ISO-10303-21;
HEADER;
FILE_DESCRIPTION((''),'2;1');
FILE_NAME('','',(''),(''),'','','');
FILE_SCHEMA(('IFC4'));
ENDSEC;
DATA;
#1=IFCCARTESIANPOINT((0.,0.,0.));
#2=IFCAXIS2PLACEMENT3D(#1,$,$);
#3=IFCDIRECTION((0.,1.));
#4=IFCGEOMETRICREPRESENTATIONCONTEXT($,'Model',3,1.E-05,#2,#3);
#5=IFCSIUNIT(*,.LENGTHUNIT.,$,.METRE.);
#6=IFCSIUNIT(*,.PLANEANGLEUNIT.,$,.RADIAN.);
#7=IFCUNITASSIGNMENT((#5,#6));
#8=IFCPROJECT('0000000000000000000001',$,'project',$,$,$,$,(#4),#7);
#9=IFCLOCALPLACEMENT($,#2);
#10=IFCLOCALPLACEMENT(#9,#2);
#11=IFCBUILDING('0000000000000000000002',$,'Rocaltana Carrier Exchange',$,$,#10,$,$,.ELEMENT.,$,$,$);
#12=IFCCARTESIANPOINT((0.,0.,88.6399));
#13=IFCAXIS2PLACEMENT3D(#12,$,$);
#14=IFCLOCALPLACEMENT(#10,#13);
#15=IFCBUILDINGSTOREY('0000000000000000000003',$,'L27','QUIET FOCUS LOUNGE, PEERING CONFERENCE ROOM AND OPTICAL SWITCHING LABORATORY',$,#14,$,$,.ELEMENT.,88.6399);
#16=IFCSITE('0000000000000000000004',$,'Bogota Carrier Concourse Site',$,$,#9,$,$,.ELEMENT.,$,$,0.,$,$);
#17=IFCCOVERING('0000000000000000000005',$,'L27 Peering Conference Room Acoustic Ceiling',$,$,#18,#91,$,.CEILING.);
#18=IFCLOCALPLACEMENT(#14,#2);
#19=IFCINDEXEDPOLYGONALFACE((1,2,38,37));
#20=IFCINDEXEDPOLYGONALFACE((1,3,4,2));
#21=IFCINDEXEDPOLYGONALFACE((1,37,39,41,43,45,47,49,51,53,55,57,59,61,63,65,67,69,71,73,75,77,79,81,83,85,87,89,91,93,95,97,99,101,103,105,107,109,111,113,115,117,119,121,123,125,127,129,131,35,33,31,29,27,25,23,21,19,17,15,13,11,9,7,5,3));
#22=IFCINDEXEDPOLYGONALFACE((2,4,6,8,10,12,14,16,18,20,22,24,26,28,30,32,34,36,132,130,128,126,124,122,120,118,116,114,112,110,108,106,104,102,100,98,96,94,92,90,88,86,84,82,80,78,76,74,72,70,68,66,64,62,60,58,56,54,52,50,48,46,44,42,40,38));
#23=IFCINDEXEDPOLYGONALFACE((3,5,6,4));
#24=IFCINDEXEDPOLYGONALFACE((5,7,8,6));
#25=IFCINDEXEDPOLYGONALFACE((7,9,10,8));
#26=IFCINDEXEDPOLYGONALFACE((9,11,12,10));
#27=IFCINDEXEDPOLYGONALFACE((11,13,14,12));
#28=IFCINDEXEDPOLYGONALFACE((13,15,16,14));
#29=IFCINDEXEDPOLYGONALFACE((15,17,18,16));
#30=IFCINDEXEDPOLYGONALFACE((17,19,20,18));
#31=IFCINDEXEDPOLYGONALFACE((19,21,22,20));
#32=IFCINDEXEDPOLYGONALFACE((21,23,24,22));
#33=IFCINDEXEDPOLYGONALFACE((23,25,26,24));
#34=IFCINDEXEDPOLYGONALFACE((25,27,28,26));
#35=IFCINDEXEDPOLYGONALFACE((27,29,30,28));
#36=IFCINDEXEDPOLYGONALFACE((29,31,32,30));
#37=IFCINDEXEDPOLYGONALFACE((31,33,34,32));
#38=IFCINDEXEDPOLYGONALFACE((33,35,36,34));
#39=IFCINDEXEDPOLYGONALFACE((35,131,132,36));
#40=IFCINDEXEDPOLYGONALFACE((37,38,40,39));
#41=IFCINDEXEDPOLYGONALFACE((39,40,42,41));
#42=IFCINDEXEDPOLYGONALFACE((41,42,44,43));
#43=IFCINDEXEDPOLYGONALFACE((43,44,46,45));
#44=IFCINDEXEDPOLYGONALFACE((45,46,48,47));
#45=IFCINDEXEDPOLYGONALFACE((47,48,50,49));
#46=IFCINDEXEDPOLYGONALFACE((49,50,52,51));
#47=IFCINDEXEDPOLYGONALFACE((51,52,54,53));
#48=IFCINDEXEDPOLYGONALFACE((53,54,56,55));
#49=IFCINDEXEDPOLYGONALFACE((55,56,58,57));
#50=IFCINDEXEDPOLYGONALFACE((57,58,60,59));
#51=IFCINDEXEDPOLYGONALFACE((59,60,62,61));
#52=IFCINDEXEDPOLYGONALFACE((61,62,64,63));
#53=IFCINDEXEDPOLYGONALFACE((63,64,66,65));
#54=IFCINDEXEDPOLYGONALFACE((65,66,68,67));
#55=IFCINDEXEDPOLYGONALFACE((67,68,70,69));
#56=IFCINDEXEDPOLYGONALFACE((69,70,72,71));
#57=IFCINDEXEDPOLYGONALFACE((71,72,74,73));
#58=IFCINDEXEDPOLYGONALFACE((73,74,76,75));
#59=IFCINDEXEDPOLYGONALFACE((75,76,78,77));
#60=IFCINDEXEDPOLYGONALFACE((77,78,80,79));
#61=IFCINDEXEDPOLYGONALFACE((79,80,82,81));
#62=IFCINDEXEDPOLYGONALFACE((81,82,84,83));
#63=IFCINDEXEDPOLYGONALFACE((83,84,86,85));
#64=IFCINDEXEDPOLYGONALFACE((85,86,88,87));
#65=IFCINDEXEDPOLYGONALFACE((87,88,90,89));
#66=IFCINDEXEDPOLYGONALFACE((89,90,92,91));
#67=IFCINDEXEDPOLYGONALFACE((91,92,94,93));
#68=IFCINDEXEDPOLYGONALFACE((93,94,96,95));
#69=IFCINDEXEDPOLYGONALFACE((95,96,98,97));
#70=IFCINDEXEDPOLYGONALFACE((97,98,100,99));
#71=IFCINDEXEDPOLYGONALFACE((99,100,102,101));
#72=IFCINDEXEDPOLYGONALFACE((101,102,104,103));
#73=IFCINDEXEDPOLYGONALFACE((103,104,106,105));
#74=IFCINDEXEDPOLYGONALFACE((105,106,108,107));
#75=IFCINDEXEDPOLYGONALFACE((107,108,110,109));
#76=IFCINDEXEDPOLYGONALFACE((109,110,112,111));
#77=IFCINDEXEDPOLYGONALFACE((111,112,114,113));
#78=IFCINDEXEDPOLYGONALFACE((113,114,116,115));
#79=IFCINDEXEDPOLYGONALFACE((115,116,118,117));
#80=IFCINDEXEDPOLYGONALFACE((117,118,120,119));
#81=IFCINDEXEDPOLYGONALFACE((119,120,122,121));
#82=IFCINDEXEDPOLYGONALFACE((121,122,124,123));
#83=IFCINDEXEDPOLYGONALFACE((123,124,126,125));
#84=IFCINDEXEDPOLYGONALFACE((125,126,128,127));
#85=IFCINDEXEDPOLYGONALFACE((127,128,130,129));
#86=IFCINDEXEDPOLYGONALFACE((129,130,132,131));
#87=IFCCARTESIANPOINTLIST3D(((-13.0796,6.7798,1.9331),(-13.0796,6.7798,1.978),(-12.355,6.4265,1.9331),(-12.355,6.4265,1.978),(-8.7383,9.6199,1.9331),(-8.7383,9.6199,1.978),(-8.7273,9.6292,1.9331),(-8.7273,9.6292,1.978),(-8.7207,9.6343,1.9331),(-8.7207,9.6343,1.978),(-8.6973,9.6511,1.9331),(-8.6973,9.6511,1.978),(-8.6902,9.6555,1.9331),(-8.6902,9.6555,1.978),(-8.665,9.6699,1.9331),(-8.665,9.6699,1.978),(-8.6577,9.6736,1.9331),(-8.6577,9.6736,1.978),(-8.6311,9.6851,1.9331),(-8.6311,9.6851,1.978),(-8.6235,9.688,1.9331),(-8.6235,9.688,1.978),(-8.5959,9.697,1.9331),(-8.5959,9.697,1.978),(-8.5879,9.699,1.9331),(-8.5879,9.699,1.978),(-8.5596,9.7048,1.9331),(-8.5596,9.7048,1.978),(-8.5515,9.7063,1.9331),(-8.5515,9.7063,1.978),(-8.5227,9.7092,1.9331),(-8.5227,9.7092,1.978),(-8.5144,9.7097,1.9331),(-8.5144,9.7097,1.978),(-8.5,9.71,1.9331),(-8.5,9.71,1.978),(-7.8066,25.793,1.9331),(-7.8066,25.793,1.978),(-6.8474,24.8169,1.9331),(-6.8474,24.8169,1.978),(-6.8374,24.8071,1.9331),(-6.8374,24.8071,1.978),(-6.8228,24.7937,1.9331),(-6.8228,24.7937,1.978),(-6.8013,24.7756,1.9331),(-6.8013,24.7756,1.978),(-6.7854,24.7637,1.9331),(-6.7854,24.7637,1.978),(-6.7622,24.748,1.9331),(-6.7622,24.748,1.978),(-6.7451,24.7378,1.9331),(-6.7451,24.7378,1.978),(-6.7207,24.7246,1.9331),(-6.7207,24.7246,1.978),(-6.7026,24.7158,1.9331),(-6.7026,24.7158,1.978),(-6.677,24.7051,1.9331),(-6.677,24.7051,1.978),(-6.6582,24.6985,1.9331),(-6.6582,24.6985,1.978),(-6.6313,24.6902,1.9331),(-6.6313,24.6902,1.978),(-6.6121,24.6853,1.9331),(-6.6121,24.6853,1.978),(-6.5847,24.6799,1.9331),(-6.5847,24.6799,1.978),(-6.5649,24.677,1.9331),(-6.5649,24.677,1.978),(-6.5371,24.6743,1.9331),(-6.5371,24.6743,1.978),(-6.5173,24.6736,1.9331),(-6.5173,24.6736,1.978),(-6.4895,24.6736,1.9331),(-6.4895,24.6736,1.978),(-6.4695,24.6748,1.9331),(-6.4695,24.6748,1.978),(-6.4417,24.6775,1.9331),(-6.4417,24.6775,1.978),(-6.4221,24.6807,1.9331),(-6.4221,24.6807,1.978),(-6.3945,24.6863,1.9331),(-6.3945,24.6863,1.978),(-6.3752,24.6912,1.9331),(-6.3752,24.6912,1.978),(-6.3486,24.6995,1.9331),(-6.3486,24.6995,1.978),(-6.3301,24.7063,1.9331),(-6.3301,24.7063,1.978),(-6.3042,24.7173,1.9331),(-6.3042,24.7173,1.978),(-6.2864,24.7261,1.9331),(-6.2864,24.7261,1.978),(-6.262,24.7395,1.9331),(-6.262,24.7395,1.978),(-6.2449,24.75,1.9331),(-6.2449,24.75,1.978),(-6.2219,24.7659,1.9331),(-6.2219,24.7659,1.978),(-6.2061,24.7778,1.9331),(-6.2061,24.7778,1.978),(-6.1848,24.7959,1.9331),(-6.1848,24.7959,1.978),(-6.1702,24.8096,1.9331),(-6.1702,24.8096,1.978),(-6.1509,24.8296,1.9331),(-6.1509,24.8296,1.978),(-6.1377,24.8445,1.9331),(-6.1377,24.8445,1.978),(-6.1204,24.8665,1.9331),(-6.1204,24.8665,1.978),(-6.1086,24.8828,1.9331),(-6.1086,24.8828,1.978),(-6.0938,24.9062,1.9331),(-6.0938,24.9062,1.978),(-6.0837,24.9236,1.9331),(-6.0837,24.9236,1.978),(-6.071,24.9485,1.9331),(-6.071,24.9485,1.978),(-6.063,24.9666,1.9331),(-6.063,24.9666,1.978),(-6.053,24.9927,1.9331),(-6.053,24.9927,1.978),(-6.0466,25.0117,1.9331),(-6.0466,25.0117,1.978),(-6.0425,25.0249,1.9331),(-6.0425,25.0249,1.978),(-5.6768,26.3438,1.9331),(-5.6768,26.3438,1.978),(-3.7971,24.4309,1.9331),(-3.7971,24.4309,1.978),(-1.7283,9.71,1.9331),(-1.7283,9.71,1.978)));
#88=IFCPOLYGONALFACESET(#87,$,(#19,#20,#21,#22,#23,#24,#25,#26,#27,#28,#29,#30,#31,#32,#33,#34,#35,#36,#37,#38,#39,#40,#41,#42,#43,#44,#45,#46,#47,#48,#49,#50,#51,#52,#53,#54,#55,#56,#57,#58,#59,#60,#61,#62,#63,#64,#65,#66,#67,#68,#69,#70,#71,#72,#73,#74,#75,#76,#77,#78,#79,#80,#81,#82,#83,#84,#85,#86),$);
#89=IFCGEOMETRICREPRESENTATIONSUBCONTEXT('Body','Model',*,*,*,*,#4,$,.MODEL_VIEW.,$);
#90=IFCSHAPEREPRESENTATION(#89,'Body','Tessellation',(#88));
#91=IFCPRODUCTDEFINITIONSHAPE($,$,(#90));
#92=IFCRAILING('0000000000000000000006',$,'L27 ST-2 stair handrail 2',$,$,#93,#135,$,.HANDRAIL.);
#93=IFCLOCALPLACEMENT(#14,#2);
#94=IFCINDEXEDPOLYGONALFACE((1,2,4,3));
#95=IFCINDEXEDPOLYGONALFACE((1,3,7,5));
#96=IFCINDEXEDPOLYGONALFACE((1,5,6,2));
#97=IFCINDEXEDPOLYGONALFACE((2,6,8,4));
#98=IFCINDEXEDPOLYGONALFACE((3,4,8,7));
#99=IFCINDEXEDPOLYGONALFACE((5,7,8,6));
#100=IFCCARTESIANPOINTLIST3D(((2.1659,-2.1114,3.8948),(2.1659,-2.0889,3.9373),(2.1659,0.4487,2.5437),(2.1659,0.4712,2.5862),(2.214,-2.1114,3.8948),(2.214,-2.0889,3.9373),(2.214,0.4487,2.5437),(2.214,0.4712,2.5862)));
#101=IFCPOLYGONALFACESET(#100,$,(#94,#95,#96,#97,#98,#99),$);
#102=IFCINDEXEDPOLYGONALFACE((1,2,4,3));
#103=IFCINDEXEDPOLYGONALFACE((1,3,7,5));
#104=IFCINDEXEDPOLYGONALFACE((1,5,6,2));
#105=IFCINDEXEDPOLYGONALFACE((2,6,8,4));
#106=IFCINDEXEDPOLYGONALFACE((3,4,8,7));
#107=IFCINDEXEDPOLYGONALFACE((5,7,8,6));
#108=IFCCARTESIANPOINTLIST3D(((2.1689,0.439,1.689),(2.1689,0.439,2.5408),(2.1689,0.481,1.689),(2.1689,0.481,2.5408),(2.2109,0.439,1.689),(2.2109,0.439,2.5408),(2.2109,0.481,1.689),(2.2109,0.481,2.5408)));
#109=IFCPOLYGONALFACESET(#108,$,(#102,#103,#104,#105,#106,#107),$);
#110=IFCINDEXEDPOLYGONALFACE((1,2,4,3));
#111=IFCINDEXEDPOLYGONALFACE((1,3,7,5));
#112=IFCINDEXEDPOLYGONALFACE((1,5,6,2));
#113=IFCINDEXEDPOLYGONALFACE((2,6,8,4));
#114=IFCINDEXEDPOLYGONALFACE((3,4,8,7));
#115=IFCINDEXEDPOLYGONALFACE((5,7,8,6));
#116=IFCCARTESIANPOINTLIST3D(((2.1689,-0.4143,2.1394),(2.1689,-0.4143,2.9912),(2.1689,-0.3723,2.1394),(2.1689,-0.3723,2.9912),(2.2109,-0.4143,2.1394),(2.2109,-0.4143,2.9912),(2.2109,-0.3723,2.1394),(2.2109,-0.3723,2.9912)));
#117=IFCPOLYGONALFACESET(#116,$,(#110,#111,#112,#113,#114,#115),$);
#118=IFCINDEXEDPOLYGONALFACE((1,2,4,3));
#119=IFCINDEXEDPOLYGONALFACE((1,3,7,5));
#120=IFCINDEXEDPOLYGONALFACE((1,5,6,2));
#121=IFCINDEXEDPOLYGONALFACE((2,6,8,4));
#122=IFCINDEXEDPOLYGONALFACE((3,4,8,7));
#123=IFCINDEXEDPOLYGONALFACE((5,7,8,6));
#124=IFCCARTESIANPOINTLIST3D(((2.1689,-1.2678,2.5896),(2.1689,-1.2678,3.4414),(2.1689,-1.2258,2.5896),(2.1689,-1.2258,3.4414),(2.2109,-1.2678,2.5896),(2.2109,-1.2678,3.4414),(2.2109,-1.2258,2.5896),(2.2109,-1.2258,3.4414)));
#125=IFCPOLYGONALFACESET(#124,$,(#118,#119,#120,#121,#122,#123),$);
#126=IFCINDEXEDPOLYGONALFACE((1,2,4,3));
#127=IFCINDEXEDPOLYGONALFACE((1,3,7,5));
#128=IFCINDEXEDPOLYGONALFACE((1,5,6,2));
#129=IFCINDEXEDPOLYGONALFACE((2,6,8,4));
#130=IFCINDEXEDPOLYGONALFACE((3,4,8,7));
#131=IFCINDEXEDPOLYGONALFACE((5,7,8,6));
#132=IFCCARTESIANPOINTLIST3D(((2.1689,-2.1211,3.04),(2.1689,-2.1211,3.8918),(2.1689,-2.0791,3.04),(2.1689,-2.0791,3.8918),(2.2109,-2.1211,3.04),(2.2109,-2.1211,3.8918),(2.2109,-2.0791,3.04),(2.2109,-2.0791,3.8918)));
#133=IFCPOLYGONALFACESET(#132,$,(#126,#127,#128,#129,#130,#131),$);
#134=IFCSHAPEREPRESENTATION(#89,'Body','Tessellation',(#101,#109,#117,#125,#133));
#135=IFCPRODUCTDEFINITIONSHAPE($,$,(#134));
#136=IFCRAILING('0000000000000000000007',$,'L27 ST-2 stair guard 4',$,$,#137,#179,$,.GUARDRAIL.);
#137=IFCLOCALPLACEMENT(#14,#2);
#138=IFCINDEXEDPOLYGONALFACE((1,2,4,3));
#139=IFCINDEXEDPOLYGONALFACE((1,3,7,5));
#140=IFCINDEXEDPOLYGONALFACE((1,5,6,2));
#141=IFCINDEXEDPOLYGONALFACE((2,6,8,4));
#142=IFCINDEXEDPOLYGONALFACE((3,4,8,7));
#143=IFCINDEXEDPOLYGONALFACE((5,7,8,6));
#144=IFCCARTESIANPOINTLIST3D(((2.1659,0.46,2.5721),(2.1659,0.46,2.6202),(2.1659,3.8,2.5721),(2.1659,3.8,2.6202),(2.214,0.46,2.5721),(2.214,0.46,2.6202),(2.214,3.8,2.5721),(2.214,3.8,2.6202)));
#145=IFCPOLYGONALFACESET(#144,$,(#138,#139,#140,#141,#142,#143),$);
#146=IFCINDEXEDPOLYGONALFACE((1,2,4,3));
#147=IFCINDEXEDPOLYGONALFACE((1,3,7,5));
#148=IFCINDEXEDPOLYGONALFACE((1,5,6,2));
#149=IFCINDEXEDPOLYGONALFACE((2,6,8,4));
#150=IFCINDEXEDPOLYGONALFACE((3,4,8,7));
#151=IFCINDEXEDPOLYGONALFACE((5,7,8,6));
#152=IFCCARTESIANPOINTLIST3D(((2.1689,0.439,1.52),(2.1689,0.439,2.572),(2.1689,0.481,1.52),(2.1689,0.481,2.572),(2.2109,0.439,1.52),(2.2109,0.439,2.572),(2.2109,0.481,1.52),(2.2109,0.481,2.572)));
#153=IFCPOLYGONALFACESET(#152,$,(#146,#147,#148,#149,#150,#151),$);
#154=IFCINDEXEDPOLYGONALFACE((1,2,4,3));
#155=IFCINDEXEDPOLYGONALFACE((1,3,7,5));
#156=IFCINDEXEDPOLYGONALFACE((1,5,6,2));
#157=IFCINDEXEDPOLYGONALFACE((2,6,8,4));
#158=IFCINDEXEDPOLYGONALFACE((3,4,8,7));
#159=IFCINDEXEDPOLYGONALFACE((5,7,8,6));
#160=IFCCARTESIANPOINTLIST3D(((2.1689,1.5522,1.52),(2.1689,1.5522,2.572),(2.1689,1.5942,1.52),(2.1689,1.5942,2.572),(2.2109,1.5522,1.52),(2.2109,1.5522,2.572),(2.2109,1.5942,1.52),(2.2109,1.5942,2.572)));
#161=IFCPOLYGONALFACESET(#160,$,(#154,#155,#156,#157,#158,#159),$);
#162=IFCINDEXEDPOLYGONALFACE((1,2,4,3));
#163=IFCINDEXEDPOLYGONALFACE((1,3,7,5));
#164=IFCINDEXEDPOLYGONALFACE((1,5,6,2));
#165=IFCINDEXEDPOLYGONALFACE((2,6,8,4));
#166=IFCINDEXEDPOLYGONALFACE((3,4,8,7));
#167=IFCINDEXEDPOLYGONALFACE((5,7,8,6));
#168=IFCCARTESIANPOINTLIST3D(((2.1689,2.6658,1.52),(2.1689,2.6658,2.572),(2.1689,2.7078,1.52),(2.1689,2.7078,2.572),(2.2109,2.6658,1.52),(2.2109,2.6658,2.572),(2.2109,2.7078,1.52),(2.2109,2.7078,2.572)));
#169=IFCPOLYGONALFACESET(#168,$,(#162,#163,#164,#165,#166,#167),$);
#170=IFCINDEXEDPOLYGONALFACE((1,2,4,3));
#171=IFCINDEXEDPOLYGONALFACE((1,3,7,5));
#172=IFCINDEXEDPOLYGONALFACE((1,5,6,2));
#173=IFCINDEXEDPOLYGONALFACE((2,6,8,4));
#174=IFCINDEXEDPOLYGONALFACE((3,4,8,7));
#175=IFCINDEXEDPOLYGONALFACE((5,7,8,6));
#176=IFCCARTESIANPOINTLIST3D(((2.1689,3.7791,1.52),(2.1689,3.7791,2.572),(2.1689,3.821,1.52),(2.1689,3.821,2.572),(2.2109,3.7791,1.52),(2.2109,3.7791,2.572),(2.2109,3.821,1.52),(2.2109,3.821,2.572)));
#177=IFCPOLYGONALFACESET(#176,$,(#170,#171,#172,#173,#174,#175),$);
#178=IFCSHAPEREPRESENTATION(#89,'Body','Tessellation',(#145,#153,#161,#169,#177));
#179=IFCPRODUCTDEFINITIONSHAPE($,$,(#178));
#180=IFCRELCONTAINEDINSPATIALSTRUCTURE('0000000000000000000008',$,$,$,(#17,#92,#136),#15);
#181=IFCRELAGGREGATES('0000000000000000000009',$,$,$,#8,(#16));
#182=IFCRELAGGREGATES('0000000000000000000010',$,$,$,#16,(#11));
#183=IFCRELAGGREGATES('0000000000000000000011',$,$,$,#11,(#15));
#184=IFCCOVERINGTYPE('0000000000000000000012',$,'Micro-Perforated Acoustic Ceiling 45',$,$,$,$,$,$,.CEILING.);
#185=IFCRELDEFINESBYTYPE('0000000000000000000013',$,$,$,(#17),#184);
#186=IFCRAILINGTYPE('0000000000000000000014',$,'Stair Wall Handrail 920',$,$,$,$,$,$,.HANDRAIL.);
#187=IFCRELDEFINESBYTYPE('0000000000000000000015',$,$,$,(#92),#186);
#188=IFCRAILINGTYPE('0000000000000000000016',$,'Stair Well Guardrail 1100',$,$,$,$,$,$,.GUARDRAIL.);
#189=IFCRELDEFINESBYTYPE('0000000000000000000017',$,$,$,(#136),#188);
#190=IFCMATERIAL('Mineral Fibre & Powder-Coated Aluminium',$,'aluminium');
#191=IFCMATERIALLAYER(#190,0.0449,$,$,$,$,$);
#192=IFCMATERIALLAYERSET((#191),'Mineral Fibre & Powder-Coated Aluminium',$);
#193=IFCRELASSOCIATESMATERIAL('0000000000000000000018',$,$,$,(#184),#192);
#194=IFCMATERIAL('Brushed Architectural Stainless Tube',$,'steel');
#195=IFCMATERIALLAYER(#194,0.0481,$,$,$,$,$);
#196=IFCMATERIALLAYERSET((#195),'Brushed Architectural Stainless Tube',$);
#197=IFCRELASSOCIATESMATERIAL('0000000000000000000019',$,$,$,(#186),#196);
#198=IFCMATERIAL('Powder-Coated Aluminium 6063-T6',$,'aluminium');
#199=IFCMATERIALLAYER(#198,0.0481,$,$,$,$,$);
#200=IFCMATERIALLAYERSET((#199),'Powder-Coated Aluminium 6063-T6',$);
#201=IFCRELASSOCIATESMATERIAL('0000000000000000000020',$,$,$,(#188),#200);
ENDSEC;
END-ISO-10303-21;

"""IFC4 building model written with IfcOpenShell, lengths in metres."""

from ifc_helpers import new_model, si_unit, direction, frame, origin, origin_2d, place, context, subcontext, project, spatial, polyline, rectangle, outline, extrude, material, layer, layer_set, type_object, element, save


model = new_model("IFC4")

# Units and contexts
model_context = context("Model", 3, precision=1e-05, world=origin(), true_north=direction((0.0, 1.0)))
body_context = subcontext(model_context, "Body", "Model", "MODEL_VIEW")
ifc_project = project(units=[si_unit("LENGTHUNIT", "METRE"), si_unit("PLANEANGLEUNIT", "RADIAN")], contexts=[model_context])

# Site, building, storey
site_placement = place(None, origin())
site = spatial("IfcSite", under=ifc_project, at=site_placement, Name="Bogota Carrier Concourse Site", CompositionType="ELEMENT", RefElevation=0.0)
building_placement = place(site_placement, origin())
building = spatial("IfcBuilding", under=site, at=building_placement, Name="Rocaltana Carrier Exchange", CompositionType="ELEMENT")
storey_placement = place(building_placement, frame((0.0, 0.0, 88.6399)))
storey = spatial("IfcBuildingStorey", under=building, at=storey_placement, Name="L27", Description="QUIET FOCUS LOUNGE, PEERING CONFERENCE ROOM AND OPTICAL SWITCHING LABORATORY", CompositionType="ELEMENT", Elevation=88.6399)

# Covering
ifc_material_1 = material(Name="Mineral Fibre & Powder-Coated Aluminium", Category="aluminium")
ifc_layer_1 = layer(ifc_material_1, 0.0449)
ifc_layer_set_1 = layer_set([ifc_layer_1], Name="Mineral Fibre & Powder-Coated Aluminium")
covering_type_1 = type_object("IfcCoveringType", Name="Micro-Perforated Acoustic Ceiling 45", PredefinedType="CEILING", material=ifc_layer_set_1)
covering_1_placement = place(storey_placement, frame((0.0, 0.0, 1.9331)))
element("IfcCovering", 1, at=covering_1_placement, inside=storey, type_object=covering_type_1, Name="L27 Peering Conference Room Acoustic Ceiling", PredefinedType="CEILING", context=body_context, shape_type="SweptSolid", body=[
    extrude(outline(polyline([(-7.8066, 25.793), (-6.8474, 24.8169), (-6.8374, 24.8071), (-6.8228, 24.7937), (-6.8013, 24.7756), (-6.7854, 24.7637), (-6.7622, 24.748), (-6.7451, 24.7378), (-6.7207, 24.7246), (-6.7026, 24.7158), (-6.677, 24.7051), (-6.6582, 24.6985), (-6.6313, 24.6902), (-6.6121, 24.6853), (-6.5847, 24.6799), (-6.5649, 24.677), (-6.5371, 24.6743), (-6.5173, 24.6736), (-6.4895, 24.6736), (-6.4695, 24.6748), (-6.4417, 24.6775), (-6.4221, 24.6807), (-6.3945, 24.6863), (-6.3752, 24.6912), (-6.3486, 24.6995), (-6.3301, 24.7063), (-6.3042, 24.7173), (-6.2864, 24.7261), (-6.262, 24.7395), (-6.2449, 24.75), (-6.2219, 24.7659), (-6.2061, 24.7778), (-6.1848, 24.7959), (-6.1702, 24.8096), (-6.1509, 24.8296), (-6.1377, 24.8445), (-6.1204, 24.8665), (-6.1086, 24.8828), (-6.0938, 24.9062), (-6.0837, 24.9236), (-6.071, 24.9485), (-6.063, 24.9666), (-6.053, 24.9927), (-6.0466, 25.0117), (-6.0425, 25.0249), (-5.6768, 26.3438), (-3.7971, 24.4309), (-1.7283, 9.71), (-8.5, 9.71), (-8.5144, 9.7097), (-8.5227, 9.7092), (-8.5515, 9.7063), (-8.5596, 9.7048), (-8.5879, 9.699), (-8.5959, 9.697), (-8.6235, 9.688), (-8.6311, 9.6851), (-8.6577, 9.6736), (-8.665, 9.6699), (-8.6902, 9.6555), (-8.6973, 9.6511), (-8.7207, 9.6343), (-8.7273, 9.6292), (-8.7383, 9.6199), (-12.355, 6.4265), (-13.0796, 6.7798), (-7.8066, 25.793)])), origin(), (0.0, 0.0, 1.0), 0.0449),
])

# Railings
ifc_material_2 = material(Name="Brushed Architectural Stainless Tube", Category="steel")
ifc_layer_2 = layer(ifc_material_2, 0.0481)
ifc_layer_set_2 = layer_set([ifc_layer_2], Name="Brushed Architectural Stainless Tube")
railing_type_1 = type_object("IfcRailingType", Name="Stair Wall Handrail 920", PredefinedType="HANDRAIL", material=ifc_layer_set_2)
railing_1_placement = place(storey_placement, frame((2.1899, 0.46, 1.689)))
element("IfcRailing", 2, at=railing_1_placement, inside=storey, type_object=railing_type_1, Name="L27 ST-2 stair handrail 2", PredefinedType="HANDRAIL", context=body_context, shape_type="SweptSolid", body=[
    extrude(rectangle(XDim=0.0481, YDim=0.0481, at=origin_2d()), frame((0.0, 0.0, 0.876), z_axis=(0.0, -0.884394, 0.46674), x_axis=(1.0, 0.0, 0.0)), (0.0, 0.0, 1.0), 2.8948),
    extrude(rectangle(XDim=0.042, YDim=0.042, at=origin_2d()), origin(), (0.0, 0.0, 1.0), 0.8518),
    extrude(rectangle(XDim=0.042, YDim=0.042, at=origin_2d()), frame((0.0, -0.8533, 0.4504)), (0.0, 0.0, 1.0), 0.8518),
    extrude(rectangle(XDim=0.042, YDim=0.042, at=origin_2d()), frame((0.0, -1.7068, 0.9006)), (0.0, 0.0, 1.0), 0.8518),
    extrude(rectangle(XDim=0.042, YDim=0.042, at=origin_2d()), frame((0.0, -2.5601, 1.3511)), (0.0, 0.0, 1.0), 0.8518),
])
ifc_material_3 = material(Name="Powder-Coated Aluminium 6063-T6", Category="aluminium")
ifc_layer_3 = layer(ifc_material_3, 0.0481)
ifc_layer_set_3 = layer_set([ifc_layer_3], Name="Powder-Coated Aluminium 6063-T6")
railing_type_2 = type_object("IfcRailingType", Name="Stair Well Guardrail 1100", PredefinedType="GUARDRAIL", material=ifc_layer_set_3)
railing_2_placement = place(storey_placement, frame((2.1899, 0.46, 1.52)))
element("IfcRailing", 3, at=railing_2_placement, inside=storey, type_object=railing_type_2, Name="L27 ST-2 stair guard 4", PredefinedType="GUARDRAIL", context=body_context, shape_type="SweptSolid", body=[
    extrude(rectangle(XDim=0.0481, YDim=0.0481, at=origin_2d()), frame((0.0, 0.0, 1.0762), z_axis=(0.0, 1.0, 0.0), x_axis=(-1.0, 0.0, 0.0)), (0.0, 0.0, 1.0), 3.3401),
    extrude(rectangle(XDim=0.042, YDim=0.042, at=origin_2d()), origin(), (0.0, 0.0, 1.0), 1.052),
    extrude(rectangle(XDim=0.042, YDim=0.042, at=origin_2d()), frame((0.0, 1.1133, 0.0)), (0.0, 0.0, 1.0), 1.052),
    extrude(rectangle(XDim=0.042, YDim=0.042, at=origin_2d()), frame((0.0, 2.2268, 0.0)), (0.0, 0.0, 1.0), 1.052),
    extrude(rectangle(XDim=0.042, YDim=0.042, at=origin_2d()), frame((0.0, 3.3401, 0.0)), (0.0, 0.0, 1.0), 1.052),
])

save(model, "model.ifc")
